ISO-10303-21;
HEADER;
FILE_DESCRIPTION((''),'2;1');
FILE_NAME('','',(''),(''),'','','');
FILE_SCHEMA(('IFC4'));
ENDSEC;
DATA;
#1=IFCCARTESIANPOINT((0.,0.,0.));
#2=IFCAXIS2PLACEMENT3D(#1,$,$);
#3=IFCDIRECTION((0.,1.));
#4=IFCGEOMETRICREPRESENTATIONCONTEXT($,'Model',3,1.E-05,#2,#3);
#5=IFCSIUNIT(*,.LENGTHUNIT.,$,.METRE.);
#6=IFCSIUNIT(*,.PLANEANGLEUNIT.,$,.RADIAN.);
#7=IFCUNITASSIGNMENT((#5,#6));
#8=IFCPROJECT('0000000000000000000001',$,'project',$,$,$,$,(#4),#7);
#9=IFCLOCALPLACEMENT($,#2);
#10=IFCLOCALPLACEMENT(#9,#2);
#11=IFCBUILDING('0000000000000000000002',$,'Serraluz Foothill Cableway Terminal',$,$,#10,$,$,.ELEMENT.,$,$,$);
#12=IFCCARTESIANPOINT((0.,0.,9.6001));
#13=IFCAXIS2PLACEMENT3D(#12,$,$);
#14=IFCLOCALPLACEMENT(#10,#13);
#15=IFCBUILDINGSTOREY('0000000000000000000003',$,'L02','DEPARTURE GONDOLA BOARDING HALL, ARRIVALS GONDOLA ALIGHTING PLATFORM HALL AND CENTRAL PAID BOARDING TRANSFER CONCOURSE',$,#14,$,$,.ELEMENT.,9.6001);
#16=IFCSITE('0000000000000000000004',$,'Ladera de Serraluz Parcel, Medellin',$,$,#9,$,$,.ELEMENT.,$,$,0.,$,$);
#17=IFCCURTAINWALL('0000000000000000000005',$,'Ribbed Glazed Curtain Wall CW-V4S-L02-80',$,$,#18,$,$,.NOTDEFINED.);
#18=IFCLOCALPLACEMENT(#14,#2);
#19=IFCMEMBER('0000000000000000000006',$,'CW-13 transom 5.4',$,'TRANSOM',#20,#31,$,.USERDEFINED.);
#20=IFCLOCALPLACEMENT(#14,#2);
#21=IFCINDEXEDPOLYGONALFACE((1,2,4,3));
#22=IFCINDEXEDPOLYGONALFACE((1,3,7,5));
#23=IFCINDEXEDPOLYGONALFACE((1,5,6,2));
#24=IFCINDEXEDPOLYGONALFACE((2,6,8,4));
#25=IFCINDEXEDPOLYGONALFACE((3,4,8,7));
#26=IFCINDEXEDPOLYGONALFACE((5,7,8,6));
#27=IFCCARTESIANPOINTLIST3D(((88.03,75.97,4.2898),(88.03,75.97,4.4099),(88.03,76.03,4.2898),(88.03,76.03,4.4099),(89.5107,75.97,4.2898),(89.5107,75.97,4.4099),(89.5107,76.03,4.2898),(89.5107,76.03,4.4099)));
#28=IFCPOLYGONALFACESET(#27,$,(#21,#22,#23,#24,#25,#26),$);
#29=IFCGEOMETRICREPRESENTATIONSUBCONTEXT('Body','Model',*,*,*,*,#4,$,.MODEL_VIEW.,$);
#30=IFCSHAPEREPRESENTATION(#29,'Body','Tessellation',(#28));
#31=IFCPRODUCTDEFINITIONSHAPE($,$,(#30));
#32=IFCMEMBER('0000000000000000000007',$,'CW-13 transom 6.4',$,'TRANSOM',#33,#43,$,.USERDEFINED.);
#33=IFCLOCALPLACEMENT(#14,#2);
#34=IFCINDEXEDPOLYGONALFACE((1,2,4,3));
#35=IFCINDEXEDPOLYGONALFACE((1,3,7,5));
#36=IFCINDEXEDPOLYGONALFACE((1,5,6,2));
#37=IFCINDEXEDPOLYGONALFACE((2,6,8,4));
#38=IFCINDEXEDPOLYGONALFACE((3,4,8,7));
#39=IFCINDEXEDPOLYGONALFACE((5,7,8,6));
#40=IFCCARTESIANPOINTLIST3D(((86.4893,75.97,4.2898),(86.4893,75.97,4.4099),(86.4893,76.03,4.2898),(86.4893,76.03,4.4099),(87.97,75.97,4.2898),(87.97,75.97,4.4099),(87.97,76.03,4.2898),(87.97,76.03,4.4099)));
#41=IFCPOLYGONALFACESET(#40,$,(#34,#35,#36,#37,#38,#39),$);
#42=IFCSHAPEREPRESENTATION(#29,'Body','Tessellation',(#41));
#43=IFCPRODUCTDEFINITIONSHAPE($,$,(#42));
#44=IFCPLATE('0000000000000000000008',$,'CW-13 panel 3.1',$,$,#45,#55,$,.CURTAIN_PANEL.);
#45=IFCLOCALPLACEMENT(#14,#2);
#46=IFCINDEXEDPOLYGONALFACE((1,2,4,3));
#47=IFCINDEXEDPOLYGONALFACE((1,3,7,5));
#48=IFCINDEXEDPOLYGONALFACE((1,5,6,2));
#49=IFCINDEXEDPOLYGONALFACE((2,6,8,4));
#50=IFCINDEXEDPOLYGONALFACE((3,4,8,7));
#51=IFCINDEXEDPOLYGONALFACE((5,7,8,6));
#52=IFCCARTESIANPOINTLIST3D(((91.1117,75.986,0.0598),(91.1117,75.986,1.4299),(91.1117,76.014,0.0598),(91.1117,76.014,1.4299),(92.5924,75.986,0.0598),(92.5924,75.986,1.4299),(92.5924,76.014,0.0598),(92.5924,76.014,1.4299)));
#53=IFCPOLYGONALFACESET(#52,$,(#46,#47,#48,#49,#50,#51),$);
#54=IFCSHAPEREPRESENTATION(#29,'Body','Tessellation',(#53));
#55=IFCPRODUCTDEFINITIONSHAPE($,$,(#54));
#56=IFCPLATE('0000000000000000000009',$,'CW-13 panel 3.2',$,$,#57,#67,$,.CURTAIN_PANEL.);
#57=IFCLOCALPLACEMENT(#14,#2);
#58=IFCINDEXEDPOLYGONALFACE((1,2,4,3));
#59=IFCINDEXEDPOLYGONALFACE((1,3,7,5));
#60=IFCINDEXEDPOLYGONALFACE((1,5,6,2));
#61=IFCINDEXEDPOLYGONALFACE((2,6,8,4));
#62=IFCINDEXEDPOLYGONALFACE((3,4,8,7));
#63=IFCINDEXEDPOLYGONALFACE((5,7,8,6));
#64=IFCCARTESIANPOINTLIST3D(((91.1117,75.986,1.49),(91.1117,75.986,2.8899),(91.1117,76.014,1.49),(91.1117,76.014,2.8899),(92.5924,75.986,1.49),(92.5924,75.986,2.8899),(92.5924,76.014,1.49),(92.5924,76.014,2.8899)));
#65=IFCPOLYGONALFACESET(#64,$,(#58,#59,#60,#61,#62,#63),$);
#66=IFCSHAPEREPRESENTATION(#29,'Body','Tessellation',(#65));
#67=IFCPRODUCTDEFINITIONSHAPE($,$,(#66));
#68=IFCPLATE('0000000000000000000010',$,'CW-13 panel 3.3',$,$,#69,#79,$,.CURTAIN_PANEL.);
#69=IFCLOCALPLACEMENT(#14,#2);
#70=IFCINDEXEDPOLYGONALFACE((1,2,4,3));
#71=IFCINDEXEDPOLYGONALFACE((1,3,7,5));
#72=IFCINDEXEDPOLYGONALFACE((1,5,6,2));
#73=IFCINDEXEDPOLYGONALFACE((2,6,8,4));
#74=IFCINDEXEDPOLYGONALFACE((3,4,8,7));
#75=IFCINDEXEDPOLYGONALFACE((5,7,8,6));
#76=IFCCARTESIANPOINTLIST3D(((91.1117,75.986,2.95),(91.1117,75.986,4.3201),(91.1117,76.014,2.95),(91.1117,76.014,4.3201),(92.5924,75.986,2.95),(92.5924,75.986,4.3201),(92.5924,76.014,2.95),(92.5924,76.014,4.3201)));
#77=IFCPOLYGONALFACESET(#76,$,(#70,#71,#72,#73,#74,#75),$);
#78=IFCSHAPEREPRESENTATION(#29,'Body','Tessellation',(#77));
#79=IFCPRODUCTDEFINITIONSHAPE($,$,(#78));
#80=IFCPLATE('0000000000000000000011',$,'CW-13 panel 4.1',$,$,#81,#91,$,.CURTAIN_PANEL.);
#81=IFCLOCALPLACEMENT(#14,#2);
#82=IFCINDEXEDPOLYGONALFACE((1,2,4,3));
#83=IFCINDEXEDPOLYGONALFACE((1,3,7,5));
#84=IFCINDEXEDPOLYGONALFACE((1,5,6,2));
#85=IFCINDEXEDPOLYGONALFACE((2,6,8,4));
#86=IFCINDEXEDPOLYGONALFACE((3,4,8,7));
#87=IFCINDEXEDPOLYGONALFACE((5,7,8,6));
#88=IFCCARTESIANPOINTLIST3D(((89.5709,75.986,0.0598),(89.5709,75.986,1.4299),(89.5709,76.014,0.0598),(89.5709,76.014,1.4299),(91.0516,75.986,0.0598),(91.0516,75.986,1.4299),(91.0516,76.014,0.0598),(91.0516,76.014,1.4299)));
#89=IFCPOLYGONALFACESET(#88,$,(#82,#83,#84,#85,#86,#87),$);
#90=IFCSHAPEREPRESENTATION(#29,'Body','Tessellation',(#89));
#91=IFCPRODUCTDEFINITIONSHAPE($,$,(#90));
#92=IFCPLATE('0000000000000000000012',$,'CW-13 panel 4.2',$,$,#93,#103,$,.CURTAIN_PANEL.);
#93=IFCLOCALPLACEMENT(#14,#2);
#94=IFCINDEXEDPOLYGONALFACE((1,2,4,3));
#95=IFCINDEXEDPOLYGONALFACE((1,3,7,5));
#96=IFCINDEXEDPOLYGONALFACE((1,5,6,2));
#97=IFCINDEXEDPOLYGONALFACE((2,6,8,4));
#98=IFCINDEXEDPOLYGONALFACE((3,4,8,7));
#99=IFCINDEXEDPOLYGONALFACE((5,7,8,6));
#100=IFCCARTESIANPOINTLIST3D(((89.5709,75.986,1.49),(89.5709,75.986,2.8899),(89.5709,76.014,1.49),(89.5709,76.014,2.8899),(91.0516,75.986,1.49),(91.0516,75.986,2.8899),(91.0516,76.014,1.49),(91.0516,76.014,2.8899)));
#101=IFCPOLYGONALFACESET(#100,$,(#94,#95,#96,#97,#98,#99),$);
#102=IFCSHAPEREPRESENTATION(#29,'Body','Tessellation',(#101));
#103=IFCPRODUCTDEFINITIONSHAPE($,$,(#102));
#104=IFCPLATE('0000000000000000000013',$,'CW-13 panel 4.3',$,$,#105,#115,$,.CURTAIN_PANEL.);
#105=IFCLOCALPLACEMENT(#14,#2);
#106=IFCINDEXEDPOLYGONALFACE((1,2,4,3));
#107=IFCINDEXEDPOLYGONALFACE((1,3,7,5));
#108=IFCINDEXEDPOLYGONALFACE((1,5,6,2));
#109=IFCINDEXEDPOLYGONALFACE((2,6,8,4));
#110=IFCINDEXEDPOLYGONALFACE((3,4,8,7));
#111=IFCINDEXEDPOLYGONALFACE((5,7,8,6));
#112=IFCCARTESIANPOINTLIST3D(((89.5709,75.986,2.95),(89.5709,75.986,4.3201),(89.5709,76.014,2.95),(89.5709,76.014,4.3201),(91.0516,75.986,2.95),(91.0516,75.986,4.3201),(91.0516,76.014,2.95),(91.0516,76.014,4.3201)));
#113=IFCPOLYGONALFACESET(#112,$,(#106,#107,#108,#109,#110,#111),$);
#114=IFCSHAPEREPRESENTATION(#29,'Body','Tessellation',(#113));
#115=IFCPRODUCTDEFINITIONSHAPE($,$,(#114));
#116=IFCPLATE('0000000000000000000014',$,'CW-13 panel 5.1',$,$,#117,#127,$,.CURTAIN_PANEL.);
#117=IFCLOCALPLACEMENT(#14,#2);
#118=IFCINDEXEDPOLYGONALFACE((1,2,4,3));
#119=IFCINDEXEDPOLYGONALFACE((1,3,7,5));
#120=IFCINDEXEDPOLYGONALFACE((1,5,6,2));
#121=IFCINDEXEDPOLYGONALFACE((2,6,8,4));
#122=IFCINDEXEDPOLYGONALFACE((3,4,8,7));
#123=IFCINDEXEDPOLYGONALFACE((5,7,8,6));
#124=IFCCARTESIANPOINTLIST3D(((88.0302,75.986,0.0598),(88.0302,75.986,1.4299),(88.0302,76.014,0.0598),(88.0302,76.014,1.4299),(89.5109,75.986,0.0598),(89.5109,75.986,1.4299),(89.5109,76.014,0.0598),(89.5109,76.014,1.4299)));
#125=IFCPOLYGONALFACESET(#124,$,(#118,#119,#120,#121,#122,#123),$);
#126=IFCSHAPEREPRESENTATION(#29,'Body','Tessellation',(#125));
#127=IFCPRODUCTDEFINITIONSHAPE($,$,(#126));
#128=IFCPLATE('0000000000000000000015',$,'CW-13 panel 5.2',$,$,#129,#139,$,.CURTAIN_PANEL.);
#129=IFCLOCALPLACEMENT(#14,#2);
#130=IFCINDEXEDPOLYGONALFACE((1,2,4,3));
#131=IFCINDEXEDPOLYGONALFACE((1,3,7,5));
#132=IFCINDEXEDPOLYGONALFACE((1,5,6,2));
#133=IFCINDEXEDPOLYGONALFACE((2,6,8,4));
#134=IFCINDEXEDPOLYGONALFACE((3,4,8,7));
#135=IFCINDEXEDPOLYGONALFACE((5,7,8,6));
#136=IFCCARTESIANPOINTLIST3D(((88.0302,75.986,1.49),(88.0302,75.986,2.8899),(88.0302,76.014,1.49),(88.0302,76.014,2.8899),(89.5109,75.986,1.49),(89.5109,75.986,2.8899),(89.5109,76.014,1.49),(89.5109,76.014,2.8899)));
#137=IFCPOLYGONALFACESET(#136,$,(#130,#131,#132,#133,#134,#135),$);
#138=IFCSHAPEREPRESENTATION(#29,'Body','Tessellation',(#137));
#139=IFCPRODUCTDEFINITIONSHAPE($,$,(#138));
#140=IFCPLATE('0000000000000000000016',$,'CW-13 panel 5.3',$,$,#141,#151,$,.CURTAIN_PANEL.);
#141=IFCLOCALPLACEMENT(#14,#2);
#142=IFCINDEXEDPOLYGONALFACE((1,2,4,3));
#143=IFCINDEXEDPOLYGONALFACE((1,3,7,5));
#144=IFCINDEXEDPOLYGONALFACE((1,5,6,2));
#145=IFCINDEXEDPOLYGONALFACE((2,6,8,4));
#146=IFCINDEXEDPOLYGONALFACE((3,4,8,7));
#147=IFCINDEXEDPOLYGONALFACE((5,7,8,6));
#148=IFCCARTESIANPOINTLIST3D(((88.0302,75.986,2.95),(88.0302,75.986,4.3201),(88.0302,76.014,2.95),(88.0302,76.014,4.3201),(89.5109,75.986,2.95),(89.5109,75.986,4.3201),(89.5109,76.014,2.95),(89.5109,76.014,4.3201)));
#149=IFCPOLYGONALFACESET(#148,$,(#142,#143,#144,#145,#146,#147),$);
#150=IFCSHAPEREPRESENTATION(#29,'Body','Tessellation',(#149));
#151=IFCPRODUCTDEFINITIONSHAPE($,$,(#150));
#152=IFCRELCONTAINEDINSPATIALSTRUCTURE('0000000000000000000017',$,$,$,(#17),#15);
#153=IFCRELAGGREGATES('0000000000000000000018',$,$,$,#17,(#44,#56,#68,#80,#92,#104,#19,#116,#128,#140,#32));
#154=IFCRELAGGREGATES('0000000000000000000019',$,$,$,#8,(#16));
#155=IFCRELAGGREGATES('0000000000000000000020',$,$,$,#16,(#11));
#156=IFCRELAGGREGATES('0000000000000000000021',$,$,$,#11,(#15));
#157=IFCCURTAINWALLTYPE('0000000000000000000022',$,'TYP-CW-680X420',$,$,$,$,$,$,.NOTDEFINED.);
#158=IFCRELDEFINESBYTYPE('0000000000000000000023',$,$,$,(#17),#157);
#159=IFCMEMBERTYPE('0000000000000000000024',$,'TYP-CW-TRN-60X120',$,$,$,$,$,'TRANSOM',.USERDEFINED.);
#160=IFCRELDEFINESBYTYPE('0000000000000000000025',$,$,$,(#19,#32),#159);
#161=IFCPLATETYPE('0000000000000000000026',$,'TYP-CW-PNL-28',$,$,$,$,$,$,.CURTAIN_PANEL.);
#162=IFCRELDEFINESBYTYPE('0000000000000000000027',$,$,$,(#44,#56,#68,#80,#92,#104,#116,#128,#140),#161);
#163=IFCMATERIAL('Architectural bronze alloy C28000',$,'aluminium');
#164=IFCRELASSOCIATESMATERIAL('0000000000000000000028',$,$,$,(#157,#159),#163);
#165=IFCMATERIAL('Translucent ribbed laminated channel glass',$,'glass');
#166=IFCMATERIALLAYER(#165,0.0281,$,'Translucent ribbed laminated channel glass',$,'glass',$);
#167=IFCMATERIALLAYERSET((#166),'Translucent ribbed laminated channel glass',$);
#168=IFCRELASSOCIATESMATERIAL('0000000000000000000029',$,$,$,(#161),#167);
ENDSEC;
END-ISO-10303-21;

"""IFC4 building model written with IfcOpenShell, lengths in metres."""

from ifc_helpers import new_model, si_unit, direction, frame, origin, origin_2d, place, context, subcontext, project, spatial, rectangle, extrude, material, layer, layer_set, material_profile, profile_set, type_object, element, aggregate, save


model = new_model("IFC4")

# Units and contexts
model_context = context("Model", 3, precision=1e-05, world=origin(), true_north=direction((0.0, 1.0)))
body_context = subcontext(model_context, "Body", "Model", "MODEL_VIEW")
ifc_project = project(units=[si_unit("LENGTHUNIT", "METRE"), si_unit("PLANEANGLEUNIT", "RADIAN")], contexts=[model_context])

# Site, building, storey
site_placement = place(None, origin())
site = spatial("IfcSite", under=ifc_project, at=site_placement, Name="Ladera de Serraluz Parcel, Medellin", CompositionType="ELEMENT", RefElevation=0.0)
building_placement = place(site_placement, origin())
building = spatial("IfcBuilding", under=site, at=building_placement, Name="Serraluz Foothill Cableway Terminal", CompositionType="ELEMENT")
storey_placement = place(building_placement, frame((0.0, 0.0, 9.6001)))
storey = spatial("IfcBuildingStorey", under=building, at=storey_placement, Name="L02", Description="DEPARTURE GONDOLA BOARDING HALL, ARRIVALS GONDOLA ALIGHTING PLATFORM HALL AND CENTRAL PAID BOARDING TRANSFER CONCOURSE", CompositionType="ELEMENT", Elevation=9.6001)

# Curtain wall, members, plates
ifc_material_1 = material(Name="Architectural bronze alloy C28000", Category="aluminium")
curtain_wall_type = type_object("IfcCurtainWallType", Name="TYP-CW-680X420", PredefinedType="NOTDEFINED", material=ifc_material_1)
curtain_wall_placement = place(storey_placement, origin())
curtain_wall = element("IfcCurtainWall", 1, at=curtain_wall_placement, inside=storey, type_object=curtain_wall_type, Name="Ribbed Glazed Curtain Wall CW-V4S-L02-80", PredefinedType="NOTDEFINED")
ifc_material_profile_1 = material_profile(ifc_material_1, rectangle(XDim=0.0601, YDim=0.1201, at=origin_2d()), Name="ALU TRANSOM 60x120")
ifc_profile_set_1 = profile_set([ifc_material_profile_1], Name="Architectural bronze alloy C28000")
member_type_1 = type_object("IfcMemberType", Name="TYP-CW-TRN-60X120", ElementType="TRANSOM", PredefinedType="USERDEFINED", material=ifc_profile_set_1)
member_1_placement = place(storey_placement, frame((89.5107, 76.0, 4.3499), z_axis=(-1.0, 0.0, 0.0), x_axis=(0.0, -1.0, 0.0)))
member_1 = element("IfcMember", 2, at=member_1_placement, type_object=member_type_1, Name="CW-13 transom 5.4", ObjectType="TRANSOM", PredefinedType="USERDEFINED", context=body_context, shape_type="SweptSolid", body=[
    extrude(rectangle(XDim=0.0601, YDim=0.1201, at=origin_2d()), origin(), (0.0, 0.0, 1.0), 1.4807),
])
member_2_placement = place(storey_placement, frame((87.97, 76.0, 4.3499), z_axis=(-1.0, 0.0, 0.0), x_axis=(0.0, -1.0, 0.0)))
member_2 = element("IfcMember", 3, at=member_2_placement, type_object=member_type_1, Name="CW-13 transom 6.4", ObjectType="TRANSOM", PredefinedType="USERDEFINED", context=body_context, shape_type="SweptSolid", body=[
    extrude(rectangle(XDim=0.0601, YDim=0.1201, at=origin_2d()), origin(), (0.0, 0.0, 1.0), 1.4807),
])
ifc_material_2 = material(Name="Translucent ribbed laminated channel glass", Category="glass")
ifc_layer = layer(ifc_material_2, 0.0281, Name="Translucent ribbed laminated channel glass", Category="glass")
ifc_layer_set = layer_set([ifc_layer], Name="Translucent ribbed laminated channel glass")
plate_type = type_object("IfcPlateType", Name="TYP-CW-PNL-28", PredefinedType="CURTAIN_PANEL", material=ifc_layer_set)
plate_1_placement = place(storey_placement, frame((91.8521, 76.0, 0.0598), z_axis=(0.0, 0.0, 1.0), x_axis=(-1.0, 0.0, 0.0)))
plate_1 = element("IfcPlate", 4, at=plate_1_placement, type_object=plate_type, Name="CW-13 panel 3.1", PredefinedType="CURTAIN_PANEL", context=body_context, shape_type="SweptSolid", body=[
    extrude(rectangle(XDim=1.4807, YDim=0.0281, at=origin_2d()), origin(), (0.0, 0.0, 1.0), 1.3701),
])
plate_2_placement = place(storey_placement, frame((91.8521, 76.0, 1.49), z_axis=(0.0, 0.0, 1.0), x_axis=(-1.0, 0.0, 0.0)))
plate_2 = element("IfcPlate", 5, at=plate_2_placement, type_object=plate_type, Name="CW-13 panel 3.2", PredefinedType="CURTAIN_PANEL", context=body_context, shape_type="SweptSolid", body=[
    extrude(rectangle(XDim=1.4807, YDim=0.0281, at=origin_2d()), origin(), (0.0, 0.0, 1.0), 1.3999),
])
plate_3_placement = place(storey_placement, frame((91.8521, 76.0, 2.95), z_axis=(0.0, 0.0, 1.0), x_axis=(-1.0, 0.0, 0.0)))
plate_3 = element("IfcPlate", 6, at=plate_3_placement, type_object=plate_type, Name="CW-13 panel 3.3", PredefinedType="CURTAIN_PANEL", context=body_context, shape_type="SweptSolid", body=[
    extrude(rectangle(XDim=1.4807, YDim=0.0281, at=origin_2d()), origin(), (0.0, 0.0, 1.0), 1.3701),
])
plate_4_placement = place(storey_placement, frame((90.3113, 76.0, 0.0598), z_axis=(0.0, 0.0, 1.0), x_axis=(-1.0, 0.0, 0.0)))
plate_4 = element("IfcPlate", 7, at=plate_4_placement, type_object=plate_type, Name="CW-13 panel 4.1", PredefinedType="CURTAIN_PANEL", context=body_context, shape_type="SweptSolid", body=[
    extrude(rectangle(XDim=1.4807, YDim=0.0281, at=origin_2d()), origin(), (0.0, 0.0, 1.0), 1.3701),
])
plate_5_placement = place(storey_placement, frame((90.3113, 76.0, 1.49), z_axis=(0.0, 0.0, 1.0), x_axis=(-1.0, 0.0, 0.0)))
plate_5 = element("IfcPlate", 8, at=plate_5_placement, type_object=plate_type, Name="CW-13 panel 4.2", PredefinedType="CURTAIN_PANEL", context=body_context, shape_type="SweptSolid", body=[
    extrude(rectangle(XDim=1.4807, YDim=0.0281, at=origin_2d()), origin(), (0.0, 0.0, 1.0), 1.3999),
])
plate_6_placement = place(storey_placement, frame((90.3113, 76.0, 2.95), z_axis=(0.0, 0.0, 1.0), x_axis=(-1.0, 0.0, 0.0)))
plate_6 = element("IfcPlate", 9, at=plate_6_placement, type_object=plate_type, Name="CW-13 panel 4.3", PredefinedType="CURTAIN_PANEL", context=body_context, shape_type="SweptSolid", body=[
    extrude(rectangle(XDim=1.4807, YDim=0.0281, at=origin_2d()), origin(), (0.0, 0.0, 1.0), 1.3701),
])
plate_7_placement = place(storey_placement, frame((88.7705, 76.0, 0.0598), z_axis=(0.0, 0.0, 1.0), x_axis=(-1.0, 0.0, 0.0)))
plate_7 = element("IfcPlate", 10, at=plate_7_placement, type_object=plate_type, Name="CW-13 panel 5.1", PredefinedType="CURTAIN_PANEL", context=body_context, shape_type="SweptSolid", body=[
    extrude(rectangle(XDim=1.4807, YDim=0.0281, at=origin_2d()), origin(), (0.0, 0.0, 1.0), 1.3701),
])
plate_8_placement = place(storey_placement, frame((88.7705, 76.0, 1.49), z_axis=(0.0, 0.0, 1.0), x_axis=(-1.0, 0.0, 0.0)))
plate_8 = element("IfcPlate", 11, at=plate_8_placement, type_object=plate_type, Name="CW-13 panel 5.2", PredefinedType="CURTAIN_PANEL", context=body_context, shape_type="SweptSolid", body=[
    extrude(rectangle(XDim=1.4807, YDim=0.0281, at=origin_2d()), origin(), (0.0, 0.0, 1.0), 1.3999),
])
plate_9_placement = place(storey_placement, frame((88.7705, 76.0, 2.95), z_axis=(0.0, 0.0, 1.0), x_axis=(-1.0, 0.0, 0.0)))
plate_9 = element("IfcPlate", 12, at=plate_9_placement, type_object=plate_type, Name="CW-13 panel 5.3", PredefinedType="CURTAIN_PANEL", context=body_context, shape_type="SweptSolid", body=[
    extrude(rectangle(XDim=1.4807, YDim=0.0281, at=origin_2d()), origin(), (0.0, 0.0, 1.0), 1.3701),
])
aggregate(curtain_wall, [plate_1, plate_2, plate_3, plate_4, plate_5, plate_6, member_1, plate_7, plate_8, plate_9, member_2])

save(model, "model.ifc")
